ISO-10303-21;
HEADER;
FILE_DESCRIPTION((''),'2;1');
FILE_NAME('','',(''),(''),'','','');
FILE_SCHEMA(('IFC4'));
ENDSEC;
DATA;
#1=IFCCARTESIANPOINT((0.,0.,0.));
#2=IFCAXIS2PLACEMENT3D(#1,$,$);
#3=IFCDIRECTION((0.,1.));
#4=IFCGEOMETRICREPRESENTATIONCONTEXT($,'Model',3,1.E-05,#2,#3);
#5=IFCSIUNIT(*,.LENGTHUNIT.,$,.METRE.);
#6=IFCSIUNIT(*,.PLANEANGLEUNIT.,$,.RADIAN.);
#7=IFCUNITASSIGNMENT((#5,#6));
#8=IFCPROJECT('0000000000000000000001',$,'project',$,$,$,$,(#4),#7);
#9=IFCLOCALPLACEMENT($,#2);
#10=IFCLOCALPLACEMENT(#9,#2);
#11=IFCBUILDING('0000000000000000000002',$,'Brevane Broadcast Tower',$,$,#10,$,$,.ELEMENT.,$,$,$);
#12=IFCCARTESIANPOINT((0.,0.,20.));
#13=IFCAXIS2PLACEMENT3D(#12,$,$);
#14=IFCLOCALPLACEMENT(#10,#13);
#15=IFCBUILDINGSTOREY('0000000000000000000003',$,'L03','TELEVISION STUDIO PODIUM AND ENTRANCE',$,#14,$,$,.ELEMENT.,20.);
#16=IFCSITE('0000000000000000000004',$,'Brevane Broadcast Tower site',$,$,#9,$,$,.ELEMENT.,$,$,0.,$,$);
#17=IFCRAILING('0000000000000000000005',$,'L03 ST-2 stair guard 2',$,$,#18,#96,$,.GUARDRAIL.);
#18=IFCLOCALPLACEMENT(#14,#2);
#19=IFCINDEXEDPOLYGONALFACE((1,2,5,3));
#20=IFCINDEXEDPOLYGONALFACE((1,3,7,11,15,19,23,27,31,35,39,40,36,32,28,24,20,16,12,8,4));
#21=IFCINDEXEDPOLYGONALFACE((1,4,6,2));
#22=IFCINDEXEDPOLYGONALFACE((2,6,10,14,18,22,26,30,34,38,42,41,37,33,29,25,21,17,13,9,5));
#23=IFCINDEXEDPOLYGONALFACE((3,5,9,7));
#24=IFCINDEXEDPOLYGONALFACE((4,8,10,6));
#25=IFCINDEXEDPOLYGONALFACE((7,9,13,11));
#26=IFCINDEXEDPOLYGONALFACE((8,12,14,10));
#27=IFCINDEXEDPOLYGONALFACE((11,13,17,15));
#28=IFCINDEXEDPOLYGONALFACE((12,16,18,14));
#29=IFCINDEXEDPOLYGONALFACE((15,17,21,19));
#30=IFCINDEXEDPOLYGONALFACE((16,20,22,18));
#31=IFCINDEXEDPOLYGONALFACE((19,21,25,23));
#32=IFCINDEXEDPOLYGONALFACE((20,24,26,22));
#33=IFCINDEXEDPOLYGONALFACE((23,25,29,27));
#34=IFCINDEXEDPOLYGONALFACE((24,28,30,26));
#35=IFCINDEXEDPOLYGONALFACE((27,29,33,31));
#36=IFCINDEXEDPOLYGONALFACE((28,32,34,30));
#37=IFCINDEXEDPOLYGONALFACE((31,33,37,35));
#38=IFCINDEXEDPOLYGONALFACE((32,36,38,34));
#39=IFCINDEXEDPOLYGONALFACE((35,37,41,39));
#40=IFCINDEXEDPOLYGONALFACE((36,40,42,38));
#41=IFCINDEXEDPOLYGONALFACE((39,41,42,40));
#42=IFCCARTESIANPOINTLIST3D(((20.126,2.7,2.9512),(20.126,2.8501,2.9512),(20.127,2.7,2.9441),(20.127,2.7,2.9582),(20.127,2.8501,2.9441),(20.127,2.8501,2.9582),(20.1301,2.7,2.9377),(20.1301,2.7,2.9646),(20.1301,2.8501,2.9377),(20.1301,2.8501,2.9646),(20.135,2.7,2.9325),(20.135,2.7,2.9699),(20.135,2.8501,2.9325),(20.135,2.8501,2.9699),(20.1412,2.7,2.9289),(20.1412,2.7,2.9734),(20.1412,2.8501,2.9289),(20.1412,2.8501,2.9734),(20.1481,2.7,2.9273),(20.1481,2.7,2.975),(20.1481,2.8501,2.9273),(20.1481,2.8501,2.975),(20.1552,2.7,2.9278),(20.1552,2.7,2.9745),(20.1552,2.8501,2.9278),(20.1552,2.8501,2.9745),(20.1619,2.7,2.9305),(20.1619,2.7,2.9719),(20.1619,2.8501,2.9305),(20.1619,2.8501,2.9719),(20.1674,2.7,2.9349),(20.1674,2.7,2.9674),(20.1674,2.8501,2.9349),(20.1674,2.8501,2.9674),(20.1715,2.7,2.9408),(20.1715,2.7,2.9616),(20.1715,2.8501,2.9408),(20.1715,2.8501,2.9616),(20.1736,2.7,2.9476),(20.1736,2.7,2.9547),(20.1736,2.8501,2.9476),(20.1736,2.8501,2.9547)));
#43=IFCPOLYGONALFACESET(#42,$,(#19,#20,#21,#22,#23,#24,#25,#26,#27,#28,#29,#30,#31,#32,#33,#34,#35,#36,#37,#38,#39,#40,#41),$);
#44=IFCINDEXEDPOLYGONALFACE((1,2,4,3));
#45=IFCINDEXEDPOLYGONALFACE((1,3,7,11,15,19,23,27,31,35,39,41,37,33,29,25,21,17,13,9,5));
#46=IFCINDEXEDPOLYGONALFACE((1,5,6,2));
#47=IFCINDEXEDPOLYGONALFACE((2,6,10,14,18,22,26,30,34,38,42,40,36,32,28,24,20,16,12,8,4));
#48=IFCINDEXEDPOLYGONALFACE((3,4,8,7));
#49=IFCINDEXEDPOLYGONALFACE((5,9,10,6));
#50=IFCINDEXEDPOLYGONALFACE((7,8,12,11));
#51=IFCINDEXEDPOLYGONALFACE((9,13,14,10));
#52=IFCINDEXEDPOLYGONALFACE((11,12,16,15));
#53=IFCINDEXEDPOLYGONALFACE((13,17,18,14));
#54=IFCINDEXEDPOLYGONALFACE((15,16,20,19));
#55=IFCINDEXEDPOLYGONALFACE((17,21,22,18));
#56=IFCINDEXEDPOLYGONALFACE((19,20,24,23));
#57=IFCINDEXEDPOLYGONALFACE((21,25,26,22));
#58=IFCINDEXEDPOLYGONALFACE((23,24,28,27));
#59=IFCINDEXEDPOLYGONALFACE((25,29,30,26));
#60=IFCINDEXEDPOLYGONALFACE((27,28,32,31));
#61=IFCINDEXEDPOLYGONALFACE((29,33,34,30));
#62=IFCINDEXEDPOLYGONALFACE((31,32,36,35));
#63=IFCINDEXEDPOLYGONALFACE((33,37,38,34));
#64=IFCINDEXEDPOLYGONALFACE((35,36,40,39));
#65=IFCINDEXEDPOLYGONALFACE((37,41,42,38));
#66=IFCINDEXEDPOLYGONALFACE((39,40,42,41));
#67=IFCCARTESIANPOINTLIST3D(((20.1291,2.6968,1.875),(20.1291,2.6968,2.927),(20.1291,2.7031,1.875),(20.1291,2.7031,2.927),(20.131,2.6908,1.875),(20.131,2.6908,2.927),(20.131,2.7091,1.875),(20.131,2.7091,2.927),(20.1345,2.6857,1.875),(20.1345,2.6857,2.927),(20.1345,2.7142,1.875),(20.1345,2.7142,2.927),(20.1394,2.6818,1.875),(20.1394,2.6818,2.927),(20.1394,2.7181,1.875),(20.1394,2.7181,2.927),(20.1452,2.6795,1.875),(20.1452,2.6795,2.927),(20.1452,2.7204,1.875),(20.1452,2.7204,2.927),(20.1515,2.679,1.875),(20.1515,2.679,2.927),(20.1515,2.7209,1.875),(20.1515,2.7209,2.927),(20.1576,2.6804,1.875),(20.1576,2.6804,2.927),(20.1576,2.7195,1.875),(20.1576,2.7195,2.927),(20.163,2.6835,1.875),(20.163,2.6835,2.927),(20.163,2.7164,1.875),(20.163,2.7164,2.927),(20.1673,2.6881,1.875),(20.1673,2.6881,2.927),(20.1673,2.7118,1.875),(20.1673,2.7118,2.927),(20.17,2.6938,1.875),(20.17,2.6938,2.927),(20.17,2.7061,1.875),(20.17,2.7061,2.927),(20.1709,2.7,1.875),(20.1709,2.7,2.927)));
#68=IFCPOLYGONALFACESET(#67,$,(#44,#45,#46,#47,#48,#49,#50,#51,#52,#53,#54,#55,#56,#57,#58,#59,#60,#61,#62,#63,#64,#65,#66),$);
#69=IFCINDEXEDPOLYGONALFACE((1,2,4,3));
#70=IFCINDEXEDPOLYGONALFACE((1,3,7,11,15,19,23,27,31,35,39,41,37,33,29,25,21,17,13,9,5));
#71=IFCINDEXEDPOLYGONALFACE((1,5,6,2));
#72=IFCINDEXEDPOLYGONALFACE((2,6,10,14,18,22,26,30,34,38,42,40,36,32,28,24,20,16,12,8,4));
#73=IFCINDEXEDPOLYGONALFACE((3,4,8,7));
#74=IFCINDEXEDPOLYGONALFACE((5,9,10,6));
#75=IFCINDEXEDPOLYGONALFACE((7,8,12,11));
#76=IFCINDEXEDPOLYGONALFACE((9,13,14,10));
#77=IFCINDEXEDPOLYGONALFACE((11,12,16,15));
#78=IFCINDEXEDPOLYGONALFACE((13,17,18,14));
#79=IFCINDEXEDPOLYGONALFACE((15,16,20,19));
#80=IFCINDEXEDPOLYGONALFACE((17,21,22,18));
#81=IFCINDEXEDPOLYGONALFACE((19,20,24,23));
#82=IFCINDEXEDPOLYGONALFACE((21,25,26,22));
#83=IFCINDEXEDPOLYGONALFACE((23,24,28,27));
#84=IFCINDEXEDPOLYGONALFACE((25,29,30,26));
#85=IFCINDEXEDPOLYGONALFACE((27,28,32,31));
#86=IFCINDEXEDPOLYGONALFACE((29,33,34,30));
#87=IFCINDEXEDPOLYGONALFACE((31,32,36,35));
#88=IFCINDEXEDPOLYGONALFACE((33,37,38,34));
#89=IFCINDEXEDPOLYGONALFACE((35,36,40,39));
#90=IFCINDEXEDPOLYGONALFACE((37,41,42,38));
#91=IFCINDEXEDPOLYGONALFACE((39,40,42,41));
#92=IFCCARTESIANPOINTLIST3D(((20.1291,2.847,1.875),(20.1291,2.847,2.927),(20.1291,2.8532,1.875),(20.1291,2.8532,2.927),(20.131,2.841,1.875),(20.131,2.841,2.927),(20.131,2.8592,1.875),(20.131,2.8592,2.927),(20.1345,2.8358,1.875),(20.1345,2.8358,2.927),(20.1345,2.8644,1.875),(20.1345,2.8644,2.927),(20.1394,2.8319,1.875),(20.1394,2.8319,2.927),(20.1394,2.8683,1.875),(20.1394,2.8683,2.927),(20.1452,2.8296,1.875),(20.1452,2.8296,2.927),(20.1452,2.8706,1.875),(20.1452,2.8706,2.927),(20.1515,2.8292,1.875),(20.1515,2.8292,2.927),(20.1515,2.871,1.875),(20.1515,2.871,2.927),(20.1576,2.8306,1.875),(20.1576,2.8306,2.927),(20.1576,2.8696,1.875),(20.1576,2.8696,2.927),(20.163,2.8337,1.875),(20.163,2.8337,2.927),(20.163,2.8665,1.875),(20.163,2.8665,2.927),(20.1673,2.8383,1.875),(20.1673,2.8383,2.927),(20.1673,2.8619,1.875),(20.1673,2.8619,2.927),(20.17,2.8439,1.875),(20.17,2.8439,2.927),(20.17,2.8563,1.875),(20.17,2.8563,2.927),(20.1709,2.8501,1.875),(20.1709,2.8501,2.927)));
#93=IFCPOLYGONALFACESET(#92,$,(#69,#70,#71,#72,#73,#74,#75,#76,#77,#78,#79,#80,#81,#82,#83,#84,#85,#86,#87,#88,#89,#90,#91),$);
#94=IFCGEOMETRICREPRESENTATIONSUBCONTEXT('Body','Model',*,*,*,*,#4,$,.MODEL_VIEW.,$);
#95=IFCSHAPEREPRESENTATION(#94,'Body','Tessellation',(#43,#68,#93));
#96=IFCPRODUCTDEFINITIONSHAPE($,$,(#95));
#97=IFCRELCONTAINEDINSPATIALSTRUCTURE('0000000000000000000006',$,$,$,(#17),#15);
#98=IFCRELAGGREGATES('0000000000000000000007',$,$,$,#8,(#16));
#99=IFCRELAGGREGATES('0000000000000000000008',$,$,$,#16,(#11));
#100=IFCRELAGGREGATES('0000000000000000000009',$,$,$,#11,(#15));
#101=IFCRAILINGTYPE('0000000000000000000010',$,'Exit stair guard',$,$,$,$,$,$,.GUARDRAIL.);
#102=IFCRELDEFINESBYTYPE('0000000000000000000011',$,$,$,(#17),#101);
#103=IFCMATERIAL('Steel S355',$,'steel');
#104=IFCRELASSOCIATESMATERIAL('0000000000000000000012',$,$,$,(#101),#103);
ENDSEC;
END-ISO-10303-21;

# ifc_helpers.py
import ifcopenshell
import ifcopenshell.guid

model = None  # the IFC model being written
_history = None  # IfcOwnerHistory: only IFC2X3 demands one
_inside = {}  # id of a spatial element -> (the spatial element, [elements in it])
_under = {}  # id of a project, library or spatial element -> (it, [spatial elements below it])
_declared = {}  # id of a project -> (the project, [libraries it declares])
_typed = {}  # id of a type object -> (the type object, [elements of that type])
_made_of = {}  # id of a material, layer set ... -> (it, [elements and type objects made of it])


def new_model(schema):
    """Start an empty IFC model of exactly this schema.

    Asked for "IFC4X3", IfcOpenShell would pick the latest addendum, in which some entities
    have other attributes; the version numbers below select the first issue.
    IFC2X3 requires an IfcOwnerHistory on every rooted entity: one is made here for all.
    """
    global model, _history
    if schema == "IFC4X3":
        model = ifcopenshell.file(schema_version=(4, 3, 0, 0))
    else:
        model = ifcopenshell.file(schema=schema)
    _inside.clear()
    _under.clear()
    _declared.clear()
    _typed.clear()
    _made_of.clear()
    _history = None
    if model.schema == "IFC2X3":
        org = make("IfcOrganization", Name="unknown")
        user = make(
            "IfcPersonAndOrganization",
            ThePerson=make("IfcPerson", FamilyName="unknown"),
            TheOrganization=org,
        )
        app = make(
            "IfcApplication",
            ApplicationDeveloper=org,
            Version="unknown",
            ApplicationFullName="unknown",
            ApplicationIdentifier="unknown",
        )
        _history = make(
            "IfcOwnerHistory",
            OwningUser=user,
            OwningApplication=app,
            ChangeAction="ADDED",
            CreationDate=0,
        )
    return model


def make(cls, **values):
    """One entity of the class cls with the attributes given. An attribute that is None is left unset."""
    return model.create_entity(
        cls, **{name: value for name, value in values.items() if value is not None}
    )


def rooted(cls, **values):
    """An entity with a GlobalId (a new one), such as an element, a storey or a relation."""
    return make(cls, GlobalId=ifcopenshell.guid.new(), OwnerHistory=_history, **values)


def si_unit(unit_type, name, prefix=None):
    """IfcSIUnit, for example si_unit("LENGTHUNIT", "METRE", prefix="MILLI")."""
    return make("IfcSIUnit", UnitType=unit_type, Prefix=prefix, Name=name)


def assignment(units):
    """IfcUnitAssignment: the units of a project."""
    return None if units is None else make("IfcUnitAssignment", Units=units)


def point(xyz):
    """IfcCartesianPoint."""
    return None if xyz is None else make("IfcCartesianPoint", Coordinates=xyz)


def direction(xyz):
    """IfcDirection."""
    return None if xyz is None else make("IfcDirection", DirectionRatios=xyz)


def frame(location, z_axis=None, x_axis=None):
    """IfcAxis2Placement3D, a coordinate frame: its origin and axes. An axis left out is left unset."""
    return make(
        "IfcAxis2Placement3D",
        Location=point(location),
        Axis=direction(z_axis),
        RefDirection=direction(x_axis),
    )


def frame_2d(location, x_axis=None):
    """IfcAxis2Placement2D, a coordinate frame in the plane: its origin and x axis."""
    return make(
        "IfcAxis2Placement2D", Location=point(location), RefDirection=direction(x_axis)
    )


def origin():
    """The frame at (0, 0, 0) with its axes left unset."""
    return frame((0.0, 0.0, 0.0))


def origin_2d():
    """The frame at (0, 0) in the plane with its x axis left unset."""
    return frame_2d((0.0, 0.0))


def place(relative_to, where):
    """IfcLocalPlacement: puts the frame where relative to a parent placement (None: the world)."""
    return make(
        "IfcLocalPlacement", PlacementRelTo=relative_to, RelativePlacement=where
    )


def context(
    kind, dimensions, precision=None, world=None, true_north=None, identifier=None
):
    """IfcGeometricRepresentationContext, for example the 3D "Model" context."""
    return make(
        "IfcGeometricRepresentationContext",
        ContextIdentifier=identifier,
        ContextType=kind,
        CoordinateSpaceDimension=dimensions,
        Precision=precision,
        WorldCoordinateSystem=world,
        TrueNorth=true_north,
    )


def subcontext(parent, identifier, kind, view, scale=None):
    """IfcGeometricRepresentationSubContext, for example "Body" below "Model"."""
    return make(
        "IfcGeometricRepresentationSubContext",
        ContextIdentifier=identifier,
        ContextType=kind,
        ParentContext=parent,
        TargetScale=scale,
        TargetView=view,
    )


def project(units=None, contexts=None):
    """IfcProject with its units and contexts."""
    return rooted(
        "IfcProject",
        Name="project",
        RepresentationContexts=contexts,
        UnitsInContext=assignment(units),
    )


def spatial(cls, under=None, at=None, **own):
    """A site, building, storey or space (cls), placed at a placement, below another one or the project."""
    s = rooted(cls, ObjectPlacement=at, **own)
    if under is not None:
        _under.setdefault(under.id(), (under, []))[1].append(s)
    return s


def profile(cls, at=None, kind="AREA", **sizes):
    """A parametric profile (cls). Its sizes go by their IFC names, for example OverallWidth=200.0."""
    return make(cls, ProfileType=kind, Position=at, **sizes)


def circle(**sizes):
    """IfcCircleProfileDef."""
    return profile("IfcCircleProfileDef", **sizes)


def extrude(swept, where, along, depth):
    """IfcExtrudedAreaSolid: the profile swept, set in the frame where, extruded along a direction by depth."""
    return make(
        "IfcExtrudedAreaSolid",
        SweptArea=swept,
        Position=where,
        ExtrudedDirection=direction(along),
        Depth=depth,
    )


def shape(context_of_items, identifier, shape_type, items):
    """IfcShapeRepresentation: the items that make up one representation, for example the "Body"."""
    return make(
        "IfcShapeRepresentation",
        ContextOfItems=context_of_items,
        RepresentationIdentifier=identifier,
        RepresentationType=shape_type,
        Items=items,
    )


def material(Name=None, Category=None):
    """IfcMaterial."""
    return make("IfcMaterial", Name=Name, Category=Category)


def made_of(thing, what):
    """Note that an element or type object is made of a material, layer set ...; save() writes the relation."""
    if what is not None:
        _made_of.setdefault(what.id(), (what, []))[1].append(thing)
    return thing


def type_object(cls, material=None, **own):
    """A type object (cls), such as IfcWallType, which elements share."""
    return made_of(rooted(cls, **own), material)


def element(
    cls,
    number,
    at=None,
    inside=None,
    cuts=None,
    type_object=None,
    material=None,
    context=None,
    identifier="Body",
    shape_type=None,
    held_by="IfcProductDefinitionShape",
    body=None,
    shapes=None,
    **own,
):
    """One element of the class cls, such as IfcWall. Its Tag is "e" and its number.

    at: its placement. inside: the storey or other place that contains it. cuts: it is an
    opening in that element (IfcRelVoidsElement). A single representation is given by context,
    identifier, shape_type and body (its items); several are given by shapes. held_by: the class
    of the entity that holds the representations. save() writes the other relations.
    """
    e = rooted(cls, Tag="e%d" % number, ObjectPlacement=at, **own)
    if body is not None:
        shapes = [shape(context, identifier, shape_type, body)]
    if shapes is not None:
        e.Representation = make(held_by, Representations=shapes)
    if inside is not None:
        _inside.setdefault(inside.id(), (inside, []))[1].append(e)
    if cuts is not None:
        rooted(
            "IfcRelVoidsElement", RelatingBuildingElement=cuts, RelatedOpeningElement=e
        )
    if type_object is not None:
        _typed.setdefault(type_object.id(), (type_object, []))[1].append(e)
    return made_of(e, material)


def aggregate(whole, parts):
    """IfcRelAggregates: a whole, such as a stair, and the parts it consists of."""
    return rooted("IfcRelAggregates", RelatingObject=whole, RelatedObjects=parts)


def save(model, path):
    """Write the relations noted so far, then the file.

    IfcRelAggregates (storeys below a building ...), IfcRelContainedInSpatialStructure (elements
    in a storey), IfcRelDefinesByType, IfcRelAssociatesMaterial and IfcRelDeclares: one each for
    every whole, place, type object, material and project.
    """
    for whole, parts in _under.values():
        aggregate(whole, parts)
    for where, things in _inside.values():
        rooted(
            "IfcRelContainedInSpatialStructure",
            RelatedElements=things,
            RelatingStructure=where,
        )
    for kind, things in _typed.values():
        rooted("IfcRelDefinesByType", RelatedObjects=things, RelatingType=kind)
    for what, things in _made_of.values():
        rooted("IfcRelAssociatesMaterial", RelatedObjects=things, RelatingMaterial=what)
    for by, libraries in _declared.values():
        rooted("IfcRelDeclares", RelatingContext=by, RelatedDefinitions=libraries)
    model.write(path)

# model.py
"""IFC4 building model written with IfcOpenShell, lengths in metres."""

from ifc_helpers import new_model, si_unit, direction, frame, origin, origin_2d, place, context, subcontext, project, spatial, circle, extrude, material, type_object, element, save


model = new_model("IFC4")

# Units and contexts
model_context = context("Model", 3, precision=1e-05, world=origin(), true_north=direction((0.0, 1.0)))
body_context = subcontext(model_context, "Body", "Model", "MODEL_VIEW")
ifc_project = project(units=[si_unit("LENGTHUNIT", "METRE"), si_unit("PLANEANGLEUNIT", "RADIAN")], contexts=[model_context])

# Site, building, storey
site_placement = place(None, origin())
site = spatial("IfcSite", under=ifc_project, at=site_placement, Name="Brevane Broadcast Tower site", CompositionType="ELEMENT", RefElevation=0.0)
building_placement = place(site_placement, origin())
building = spatial("IfcBuilding", under=site, at=building_placement, Name="Brevane Broadcast Tower", CompositionType="ELEMENT")
storey_placement = place(building_placement, frame((0.0, 0.0, 20.0)))
storey = spatial("IfcBuildingStorey", under=building, at=storey_placement, Name="L03", Description="TELEVISION STUDIO PODIUM AND ENTRANCE", CompositionType="ELEMENT", Elevation=20.0)

# Railing
ifc_material_1 = material(Name="Steel S355", Category="steel")
railing_type_1 = type_object("IfcRailingType", Name="Exit stair guard", PredefinedType="GUARDRAIL", material=ifc_material_1)
railing_1_placement = place(storey_placement, frame((20.1499, 2.7, 1.875)))
element("IfcRailing", 1, at=railing_1_placement, inside=storey, type_object=railing_type_1, Name="L03 ST-2 stair guard 2", PredefinedType="GUARDRAIL", context=body_context, shape_type="SweptSolid", body=[
    extrude(circle(Radius=0.0239, at=origin_2d()), frame((0.0, 0.0, 1.0762), z_axis=(0.0, 1.0, 0.0), x_axis=(-1.0, 0.0, 0.0)), (0.0, 0.0, 1.0), 0.1501),
    extrude(circle(Radius=0.021, at=origin_2d()), origin(), (0.0, 0.0, 1.0), 1.052),
    extrude(circle(Radius=0.021, at=origin_2d()), frame((0.0, 0.1501, 0.0)), (0.0, 0.0, 1.0), 1.052),
])

save(model, "model.ifc")
